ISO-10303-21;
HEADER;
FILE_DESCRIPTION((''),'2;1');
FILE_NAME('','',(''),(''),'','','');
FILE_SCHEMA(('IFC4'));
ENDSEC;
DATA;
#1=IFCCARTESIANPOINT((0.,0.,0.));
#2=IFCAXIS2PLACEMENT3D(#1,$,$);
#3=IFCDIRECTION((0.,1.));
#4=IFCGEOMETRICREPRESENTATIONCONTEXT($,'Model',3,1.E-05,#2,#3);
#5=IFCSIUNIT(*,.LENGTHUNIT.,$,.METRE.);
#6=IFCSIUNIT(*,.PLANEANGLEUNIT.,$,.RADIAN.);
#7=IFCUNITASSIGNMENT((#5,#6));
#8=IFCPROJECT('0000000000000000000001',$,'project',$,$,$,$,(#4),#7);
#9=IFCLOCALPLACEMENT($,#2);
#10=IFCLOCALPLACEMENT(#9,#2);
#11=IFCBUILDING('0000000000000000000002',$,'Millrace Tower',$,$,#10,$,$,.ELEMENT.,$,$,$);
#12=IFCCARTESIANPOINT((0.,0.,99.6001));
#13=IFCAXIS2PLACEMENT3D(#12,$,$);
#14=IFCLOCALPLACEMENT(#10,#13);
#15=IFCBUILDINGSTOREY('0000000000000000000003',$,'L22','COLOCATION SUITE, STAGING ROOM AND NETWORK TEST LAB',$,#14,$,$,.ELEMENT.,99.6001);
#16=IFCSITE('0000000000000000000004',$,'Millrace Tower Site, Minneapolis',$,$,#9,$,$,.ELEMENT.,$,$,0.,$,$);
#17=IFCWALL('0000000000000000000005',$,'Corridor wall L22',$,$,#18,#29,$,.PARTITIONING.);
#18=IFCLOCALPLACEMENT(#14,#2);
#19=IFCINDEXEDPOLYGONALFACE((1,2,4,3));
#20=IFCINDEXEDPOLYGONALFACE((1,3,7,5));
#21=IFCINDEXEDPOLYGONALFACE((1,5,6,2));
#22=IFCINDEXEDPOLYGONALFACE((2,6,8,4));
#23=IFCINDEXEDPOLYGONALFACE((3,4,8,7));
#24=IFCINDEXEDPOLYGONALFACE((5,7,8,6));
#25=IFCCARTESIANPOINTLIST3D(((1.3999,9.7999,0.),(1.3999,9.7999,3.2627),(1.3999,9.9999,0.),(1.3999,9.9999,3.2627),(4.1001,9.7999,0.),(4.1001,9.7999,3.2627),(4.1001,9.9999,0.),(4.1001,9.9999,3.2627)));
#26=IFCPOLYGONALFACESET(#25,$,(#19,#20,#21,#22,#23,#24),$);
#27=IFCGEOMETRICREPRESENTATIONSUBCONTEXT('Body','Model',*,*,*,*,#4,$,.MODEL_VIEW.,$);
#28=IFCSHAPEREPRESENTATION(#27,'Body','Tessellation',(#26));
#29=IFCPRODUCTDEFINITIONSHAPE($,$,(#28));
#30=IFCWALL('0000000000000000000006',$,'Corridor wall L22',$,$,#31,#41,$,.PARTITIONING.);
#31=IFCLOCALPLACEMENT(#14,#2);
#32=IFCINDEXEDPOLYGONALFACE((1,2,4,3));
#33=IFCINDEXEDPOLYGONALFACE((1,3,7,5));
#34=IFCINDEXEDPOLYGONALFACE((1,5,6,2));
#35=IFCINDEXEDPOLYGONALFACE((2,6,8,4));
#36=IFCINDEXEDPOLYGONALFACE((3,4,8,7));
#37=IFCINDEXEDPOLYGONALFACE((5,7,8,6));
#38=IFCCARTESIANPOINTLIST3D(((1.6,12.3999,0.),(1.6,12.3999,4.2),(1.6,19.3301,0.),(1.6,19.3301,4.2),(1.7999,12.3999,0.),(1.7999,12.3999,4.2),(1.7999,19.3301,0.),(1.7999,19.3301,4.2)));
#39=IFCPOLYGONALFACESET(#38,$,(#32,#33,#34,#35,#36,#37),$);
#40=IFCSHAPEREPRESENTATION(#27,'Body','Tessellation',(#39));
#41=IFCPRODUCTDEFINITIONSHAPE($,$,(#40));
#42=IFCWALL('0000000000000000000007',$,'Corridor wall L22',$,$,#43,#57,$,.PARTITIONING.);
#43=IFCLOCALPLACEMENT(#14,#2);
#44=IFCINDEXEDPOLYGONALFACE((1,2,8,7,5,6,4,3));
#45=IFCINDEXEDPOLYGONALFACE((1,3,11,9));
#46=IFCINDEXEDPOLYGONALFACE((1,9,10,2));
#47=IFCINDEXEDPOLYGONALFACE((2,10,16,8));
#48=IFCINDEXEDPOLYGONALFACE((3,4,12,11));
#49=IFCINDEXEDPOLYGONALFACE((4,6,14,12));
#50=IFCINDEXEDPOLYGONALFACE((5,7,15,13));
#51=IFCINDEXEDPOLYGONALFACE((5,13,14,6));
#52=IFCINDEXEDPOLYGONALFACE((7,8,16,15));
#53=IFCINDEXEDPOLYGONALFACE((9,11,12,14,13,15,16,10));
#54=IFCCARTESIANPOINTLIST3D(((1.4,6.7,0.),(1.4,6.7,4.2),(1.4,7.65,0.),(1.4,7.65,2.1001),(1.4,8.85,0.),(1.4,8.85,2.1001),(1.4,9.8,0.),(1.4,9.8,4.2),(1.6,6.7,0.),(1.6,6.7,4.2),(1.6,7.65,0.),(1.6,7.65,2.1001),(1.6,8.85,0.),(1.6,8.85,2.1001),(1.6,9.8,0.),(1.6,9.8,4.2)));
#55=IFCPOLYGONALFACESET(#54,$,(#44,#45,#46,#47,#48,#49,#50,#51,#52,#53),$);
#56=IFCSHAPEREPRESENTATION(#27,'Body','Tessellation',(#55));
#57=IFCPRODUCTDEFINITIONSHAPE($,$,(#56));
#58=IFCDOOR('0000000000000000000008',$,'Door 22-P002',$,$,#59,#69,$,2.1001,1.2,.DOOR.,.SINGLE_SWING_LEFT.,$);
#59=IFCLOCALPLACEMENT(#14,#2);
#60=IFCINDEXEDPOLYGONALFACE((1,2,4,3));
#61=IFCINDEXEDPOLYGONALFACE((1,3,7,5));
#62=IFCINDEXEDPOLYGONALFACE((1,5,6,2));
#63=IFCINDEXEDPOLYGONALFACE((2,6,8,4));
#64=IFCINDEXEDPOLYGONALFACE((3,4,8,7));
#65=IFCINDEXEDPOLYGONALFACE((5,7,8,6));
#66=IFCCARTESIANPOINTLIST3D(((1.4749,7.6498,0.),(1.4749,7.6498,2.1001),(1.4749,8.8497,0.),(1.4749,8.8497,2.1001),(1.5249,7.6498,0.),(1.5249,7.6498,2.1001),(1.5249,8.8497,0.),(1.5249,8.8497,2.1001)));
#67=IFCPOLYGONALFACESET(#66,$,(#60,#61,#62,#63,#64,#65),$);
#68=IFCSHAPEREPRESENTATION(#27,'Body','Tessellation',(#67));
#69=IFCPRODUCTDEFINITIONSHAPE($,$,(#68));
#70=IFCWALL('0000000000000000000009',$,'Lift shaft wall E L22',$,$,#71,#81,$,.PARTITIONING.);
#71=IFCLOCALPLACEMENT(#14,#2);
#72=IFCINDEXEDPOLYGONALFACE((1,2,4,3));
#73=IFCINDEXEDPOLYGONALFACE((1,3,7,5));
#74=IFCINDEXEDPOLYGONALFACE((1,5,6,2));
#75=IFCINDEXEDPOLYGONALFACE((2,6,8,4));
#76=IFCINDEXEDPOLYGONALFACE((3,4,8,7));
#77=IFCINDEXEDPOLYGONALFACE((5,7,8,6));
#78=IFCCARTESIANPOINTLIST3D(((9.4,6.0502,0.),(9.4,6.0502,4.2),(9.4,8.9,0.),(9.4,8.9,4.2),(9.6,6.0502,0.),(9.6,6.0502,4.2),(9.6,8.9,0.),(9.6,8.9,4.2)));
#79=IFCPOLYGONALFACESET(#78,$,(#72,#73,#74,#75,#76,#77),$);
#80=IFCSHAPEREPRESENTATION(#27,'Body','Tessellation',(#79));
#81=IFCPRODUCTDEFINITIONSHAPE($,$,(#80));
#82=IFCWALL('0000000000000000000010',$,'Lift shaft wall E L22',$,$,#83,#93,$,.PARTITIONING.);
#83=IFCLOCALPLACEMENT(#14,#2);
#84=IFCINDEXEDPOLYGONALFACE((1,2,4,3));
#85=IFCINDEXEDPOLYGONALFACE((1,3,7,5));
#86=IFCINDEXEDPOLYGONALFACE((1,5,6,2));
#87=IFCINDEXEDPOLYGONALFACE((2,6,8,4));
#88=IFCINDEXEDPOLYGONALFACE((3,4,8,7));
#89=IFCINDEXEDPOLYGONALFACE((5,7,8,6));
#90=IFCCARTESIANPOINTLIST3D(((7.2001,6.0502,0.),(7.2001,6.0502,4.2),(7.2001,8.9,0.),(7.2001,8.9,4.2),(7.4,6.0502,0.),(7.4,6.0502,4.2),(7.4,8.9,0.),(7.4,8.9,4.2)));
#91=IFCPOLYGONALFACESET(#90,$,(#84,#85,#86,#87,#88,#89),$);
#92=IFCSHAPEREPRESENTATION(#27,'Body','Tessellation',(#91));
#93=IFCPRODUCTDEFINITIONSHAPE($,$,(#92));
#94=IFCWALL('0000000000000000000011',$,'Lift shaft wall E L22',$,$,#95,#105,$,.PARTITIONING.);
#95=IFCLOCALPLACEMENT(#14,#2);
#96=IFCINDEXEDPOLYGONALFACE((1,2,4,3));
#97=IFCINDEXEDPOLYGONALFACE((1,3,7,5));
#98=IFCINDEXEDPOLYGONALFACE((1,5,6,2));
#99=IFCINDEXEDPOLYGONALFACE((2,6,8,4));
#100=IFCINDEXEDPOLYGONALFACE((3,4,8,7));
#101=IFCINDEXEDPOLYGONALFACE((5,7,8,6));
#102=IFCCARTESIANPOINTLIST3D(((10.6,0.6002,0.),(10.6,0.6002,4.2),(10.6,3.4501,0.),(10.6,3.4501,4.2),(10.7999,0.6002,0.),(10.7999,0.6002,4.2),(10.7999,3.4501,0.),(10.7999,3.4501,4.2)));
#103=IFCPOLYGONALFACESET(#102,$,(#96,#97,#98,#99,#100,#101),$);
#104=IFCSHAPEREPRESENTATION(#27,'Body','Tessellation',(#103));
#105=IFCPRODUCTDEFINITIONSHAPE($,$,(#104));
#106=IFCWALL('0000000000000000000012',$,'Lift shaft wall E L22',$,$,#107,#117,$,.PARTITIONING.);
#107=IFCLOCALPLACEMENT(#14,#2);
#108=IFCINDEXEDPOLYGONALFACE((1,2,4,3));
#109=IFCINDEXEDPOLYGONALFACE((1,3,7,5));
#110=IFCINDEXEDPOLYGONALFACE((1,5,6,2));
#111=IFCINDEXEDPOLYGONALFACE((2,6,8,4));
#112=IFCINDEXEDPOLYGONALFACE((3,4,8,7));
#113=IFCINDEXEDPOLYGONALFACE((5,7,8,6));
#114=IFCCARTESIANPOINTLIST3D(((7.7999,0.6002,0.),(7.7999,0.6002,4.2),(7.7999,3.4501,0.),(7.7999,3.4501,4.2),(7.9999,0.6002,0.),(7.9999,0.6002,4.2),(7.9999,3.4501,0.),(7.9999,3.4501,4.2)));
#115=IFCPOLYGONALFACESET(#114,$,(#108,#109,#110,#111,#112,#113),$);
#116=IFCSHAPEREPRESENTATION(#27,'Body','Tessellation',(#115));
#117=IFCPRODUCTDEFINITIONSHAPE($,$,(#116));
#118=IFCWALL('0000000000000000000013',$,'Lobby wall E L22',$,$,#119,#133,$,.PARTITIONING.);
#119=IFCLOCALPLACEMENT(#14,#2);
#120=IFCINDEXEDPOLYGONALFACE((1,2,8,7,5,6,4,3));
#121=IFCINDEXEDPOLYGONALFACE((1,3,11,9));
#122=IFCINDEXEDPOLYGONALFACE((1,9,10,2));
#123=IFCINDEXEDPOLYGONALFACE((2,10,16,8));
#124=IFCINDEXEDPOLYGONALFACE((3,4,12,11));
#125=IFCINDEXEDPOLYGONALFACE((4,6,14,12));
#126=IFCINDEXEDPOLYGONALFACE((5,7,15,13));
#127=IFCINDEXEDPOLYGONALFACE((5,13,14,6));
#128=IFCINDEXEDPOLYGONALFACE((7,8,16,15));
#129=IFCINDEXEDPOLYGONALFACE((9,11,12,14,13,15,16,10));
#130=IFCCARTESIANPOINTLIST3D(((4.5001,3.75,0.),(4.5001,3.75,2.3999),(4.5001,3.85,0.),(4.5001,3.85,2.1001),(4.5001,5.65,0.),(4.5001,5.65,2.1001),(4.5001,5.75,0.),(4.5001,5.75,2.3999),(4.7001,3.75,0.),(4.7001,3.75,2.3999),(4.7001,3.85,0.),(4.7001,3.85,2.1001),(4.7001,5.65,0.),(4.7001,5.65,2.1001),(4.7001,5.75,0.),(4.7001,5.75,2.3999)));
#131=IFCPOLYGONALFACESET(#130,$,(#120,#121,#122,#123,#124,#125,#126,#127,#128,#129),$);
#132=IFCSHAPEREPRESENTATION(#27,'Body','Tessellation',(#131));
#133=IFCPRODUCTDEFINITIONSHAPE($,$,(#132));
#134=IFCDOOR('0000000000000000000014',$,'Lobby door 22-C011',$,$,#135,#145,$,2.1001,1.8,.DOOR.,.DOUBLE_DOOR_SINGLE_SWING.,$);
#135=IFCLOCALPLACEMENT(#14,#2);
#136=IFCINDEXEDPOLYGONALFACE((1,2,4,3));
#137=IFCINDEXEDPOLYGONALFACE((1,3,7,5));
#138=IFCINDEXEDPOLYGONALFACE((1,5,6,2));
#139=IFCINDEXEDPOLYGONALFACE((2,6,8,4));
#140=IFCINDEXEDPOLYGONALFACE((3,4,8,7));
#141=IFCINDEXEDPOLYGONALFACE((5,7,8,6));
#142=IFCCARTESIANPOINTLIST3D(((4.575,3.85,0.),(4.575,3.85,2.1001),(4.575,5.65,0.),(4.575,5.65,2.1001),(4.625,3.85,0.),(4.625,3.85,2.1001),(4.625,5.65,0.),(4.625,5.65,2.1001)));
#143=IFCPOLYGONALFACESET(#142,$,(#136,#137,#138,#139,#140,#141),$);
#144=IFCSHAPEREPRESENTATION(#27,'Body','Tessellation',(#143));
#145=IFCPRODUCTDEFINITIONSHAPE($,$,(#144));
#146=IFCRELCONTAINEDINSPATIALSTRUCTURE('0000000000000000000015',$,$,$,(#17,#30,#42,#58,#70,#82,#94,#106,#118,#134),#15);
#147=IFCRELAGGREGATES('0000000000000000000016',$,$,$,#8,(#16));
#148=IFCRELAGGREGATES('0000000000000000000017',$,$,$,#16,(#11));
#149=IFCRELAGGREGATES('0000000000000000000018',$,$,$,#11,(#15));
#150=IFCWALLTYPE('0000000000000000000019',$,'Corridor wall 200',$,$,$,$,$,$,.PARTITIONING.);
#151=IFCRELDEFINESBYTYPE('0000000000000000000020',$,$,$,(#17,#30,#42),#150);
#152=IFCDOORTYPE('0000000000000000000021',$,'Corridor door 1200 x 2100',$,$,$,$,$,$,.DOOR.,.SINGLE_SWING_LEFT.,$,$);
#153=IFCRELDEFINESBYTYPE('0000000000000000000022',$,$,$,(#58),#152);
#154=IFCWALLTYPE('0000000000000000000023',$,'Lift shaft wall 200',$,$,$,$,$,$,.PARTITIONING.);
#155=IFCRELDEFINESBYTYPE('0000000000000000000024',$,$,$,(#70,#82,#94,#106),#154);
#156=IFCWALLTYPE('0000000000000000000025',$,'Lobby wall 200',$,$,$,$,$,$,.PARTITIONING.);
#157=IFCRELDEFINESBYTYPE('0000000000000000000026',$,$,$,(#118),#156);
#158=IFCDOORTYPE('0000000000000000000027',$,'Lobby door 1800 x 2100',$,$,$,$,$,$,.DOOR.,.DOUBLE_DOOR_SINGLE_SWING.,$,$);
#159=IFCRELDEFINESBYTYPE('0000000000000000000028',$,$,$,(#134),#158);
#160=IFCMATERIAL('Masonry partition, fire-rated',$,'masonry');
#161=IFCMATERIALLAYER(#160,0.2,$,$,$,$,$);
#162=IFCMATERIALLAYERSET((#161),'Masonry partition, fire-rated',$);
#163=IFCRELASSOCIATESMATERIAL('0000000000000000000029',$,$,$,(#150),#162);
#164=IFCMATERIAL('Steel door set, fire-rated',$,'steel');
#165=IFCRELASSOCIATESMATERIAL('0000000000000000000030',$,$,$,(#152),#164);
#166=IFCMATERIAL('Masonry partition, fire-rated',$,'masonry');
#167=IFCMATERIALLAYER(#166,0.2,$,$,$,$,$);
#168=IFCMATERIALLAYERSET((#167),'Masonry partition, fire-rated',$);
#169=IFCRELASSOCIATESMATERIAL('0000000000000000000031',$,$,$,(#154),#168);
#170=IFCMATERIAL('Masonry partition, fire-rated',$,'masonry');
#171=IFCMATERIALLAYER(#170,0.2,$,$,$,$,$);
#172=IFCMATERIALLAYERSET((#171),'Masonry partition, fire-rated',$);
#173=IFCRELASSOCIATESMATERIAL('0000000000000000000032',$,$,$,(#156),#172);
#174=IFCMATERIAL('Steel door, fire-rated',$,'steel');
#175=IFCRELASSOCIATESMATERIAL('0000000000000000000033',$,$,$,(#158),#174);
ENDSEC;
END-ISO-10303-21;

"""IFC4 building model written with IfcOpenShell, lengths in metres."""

from ifc_helpers import new_model, si_unit, direction, frame, frame_2d, origin, place, context, subcontext, project, spatial, rectangle, extrude, material, layer, layer_set, type_object, element, fill, save


model = new_model("IFC4")

# Units and contexts
model_context = context("Model", 3, precision=1e-05, world=origin(), true_north=direction((0.0, 1.0)))
body_context = subcontext(model_context, "Body", "Model", "MODEL_VIEW")
ifc_project = project(units=[si_unit("LENGTHUNIT", "METRE"), si_unit("PLANEANGLEUNIT", "RADIAN")], contexts=[model_context])

# Site, building, storey
site_placement = place(None, origin())
site = spatial("IfcSite", under=ifc_project, at=site_placement, Name="Millrace Tower Site, Minneapolis", CompositionType="ELEMENT", RefElevation=0.0)
building_placement = place(site_placement, origin())
building = spatial("IfcBuilding", under=site, at=building_placement, Name="Millrace Tower", CompositionType="ELEMENT")
storey_placement = place(building_placement, frame((0.0, 0.0, 99.6001)))
storey = spatial("IfcBuildingStorey", under=building, at=storey_placement, Name="L22", Description="COLOCATION SUITE, STAGING ROOM AND NETWORK TEST LAB", CompositionType="ELEMENT", Elevation=99.6001)

# Walls
ifc_material_1 = material(Name="Masonry partition, fire-rated", Category="masonry")
ifc_layer_1 = layer(ifc_material_1, 0.2)
ifc_layer_set_1 = layer_set([ifc_layer_1], Name="Masonry partition, fire-rated")
wall_type_1 = type_object("IfcWallType", Name="Corridor wall 200", PredefinedType="PARTITIONING", material=ifc_layer_set_1)
wall_1_placement = place(storey_placement, frame((1.3999, 9.8999, 0.0), z_axis=(0.0, 0.0, 1.0), x_axis=(1.0, 0.0, 0.0)))
element("IfcWall", 1, at=wall_1_placement, inside=storey, type_object=wall_type_1, Name="Corridor wall L22", PredefinedType="PARTITIONING", context=body_context, shape_type="SweptSolid", body=[
    extrude(rectangle(XDim=2.7002, YDim=0.2, at=frame_2d((1.3501, 0.0))), origin(), (0.0, 0.0, 1.0), 3.2627),
])
wall_2_placement = place(storey_placement, frame((1.7, 12.3999, 0.0), z_axis=(0.0, 0.0, 1.0), x_axis=(0.0, 1.0, 0.0)))
element("IfcWall", 2, at=wall_2_placement, inside=storey, type_object=wall_type_1, Name="Corridor wall L22", PredefinedType="PARTITIONING", context=body_context, shape_type="SweptSolid", body=[
    extrude(rectangle(XDim=6.9302, YDim=0.2, at=frame_2d((3.4651, 0.0))), origin(), (0.0, 0.0, 1.0), 4.2),
])

# Wall, opening, door
wall_3_placement = place(storey_placement, frame((1.5, 6.7, 0.0), z_axis=(0.0, 0.0, 1.0), x_axis=(0.0, 1.0, 0.0)))
wall_3 = element("IfcWall", 3, at=wall_3_placement, inside=storey, type_object=wall_type_1, Name="Corridor wall L22", PredefinedType="PARTITIONING", context=body_context, shape_type="SweptSolid", body=[
    extrude(rectangle(XDim=3.1001, YDim=0.2, at=frame_2d((1.55, 0.0))), origin(), (0.0, 0.0, 1.0), 4.2),
])
opening_1_placement = place(wall_3_placement, frame((0.95, 0.0, 0.0)))
opening_1 = element("IfcOpeningElement", 4, at=opening_1_placement, cuts=wall_3, PredefinedType="OPENING", context=body_context, shape_type="SweptSolid", body=[
    extrude(rectangle(XDim=1.2, YDim=2.1001, at=frame_2d((0.6001, 1.05))), frame((0.0, 0.1099, 0.0), z_axis=(0.0, -1.0, 0.0), x_axis=(1.0, 0.0, 0.0)), (0.0, 0.0, 1.0), 0.22),
])
ifc_material_2 = material(Name="Steel door set, fire-rated", Category="steel")
door_type_1 = type_object("IfcDoorType", Name="Corridor door 1200 x 2100", OperationType="SINGLE_SWING_LEFT", PredefinedType="DOOR", material=ifc_material_2)
door_1_placement = place(opening_1_placement, frame((1.2, 0.0, 0.0), z_axis=(0.0, 0.0, 1.0), x_axis=(-1.0, 0.0, 0.0)))
door_1 = element("IfcDoor", 5, at=door_1_placement, inside=storey, type_object=door_type_1, Name="Door 22-P002", OperationType="SINGLE_SWING_LEFT", OverallHeight=2.1001, OverallWidth=1.2, PredefinedType="DOOR", context=body_context, shape_type="SweptSolid", body=[
    extrude(rectangle(XDim=1.2, YDim=2.1001, at=frame_2d((0.6001, 1.05))), frame((0.0, 0.0249, 0.0), z_axis=(0.0, -1.0, 0.0), x_axis=(1.0, 0.0, 0.0)), (0.0, 0.0, 1.0), 0.05),
])
fill(opening_1, door_1)

# Walls
ifc_material_3 = material(Name="Masonry partition, fire-rated", Category="masonry")
ifc_layer_2 = layer(ifc_material_3, 0.2)
ifc_layer_set_2 = layer_set([ifc_layer_2], Name="Masonry partition, fire-rated")
wall_type_2 = type_object("IfcWallType", Name="Lift shaft wall 200", PredefinedType="PARTITIONING", material=ifc_layer_set_2)
for number, where, z_axis, x_axis, name in (
    (6, (9.5, 8.8999, 0.0), (0.0, 0.0, 1.0), (0.0, -1.0, 0.0), "Lift shaft wall E L22"),
    (7, (7.3, 8.8999, 0.0), (0.0, 0.0, 1.0), (0.0, -1.0, 0.0), "Lift shaft wall E L22"),
    (8, (10.7, 3.45, 0.0), (0.0, 0.0, 1.0), (0.0, -1.0, 0.0), "Lift shaft wall E L22"),
    (9, (7.8999, 3.45, 0.0), (0.0, 0.0, 1.0), (0.0, -1.0, 0.0), "Lift shaft wall E L22"),
):
    element("IfcWall", number, at=place(storey_placement, frame(where, z_axis=z_axis, x_axis=x_axis)), inside=storey, type_object=wall_type_2, Name=name, PredefinedType="PARTITIONING", context=body_context, shape_type="SweptSolid", body=[
        extrude(rectangle(XDim=2.8499, YDim=0.2, at=frame_2d((1.4248, 0.0))), origin(), (0.0, 0.0, 1.0), 4.2),
    ])

# Wall, opening, door
ifc_material_4 = material(Name="Masonry partition, fire-rated", Category="masonry")
ifc_layer_3 = layer(ifc_material_4, 0.2)
ifc_layer_set_3 = layer_set([ifc_layer_3], Name="Masonry partition, fire-rated")
wall_type_3 = type_object("IfcWallType", Name="Lobby wall 200", PredefinedType="PARTITIONING", material=ifc_layer_set_3)
wall_4_placement = place(storey_placement, frame((4.6001, 5.75, 0.0), z_axis=(0.0, 0.0, 1.0), x_axis=(0.0, -1.0, 0.0)))
wall_4 = element("IfcWall", 10, at=wall_4_placement, inside=storey, type_object=wall_type_3, Name="Lobby wall E L22", PredefinedType="PARTITIONING", context=body_context, shape_type="SweptSolid", body=[
    extrude(rectangle(XDim=2.0, YDim=0.2, at=frame_2d((1.0, 0.0))), origin(), (0.0, 0.0, 1.0), 2.3999),
])
opening_2_placement = place(wall_4_placement, frame((0.1001, 0.0, 0.0)))
opening_2 = element("IfcOpeningElement", 11, at=opening_2_placement, cuts=wall_4, PredefinedType="OPENING", context=body_context, shape_type="SweptSolid", body=[
    extrude(rectangle(XDim=1.8, YDim=2.1001, at=frame_2d((0.8999, 1.05))), frame((0.0, 0.1099, 0.0), z_axis=(0.0, -1.0, 0.0), x_axis=(1.0, 0.0, 0.0)), (0.0, 0.0, 1.0), 0.22),
])
ifc_material_5 = material(Name="Steel door, fire-rated", Category="steel")
door_type_2 = type_object("IfcDoorType", Name="Lobby door 1800 x 2100", OperationType="DOUBLE_DOOR_SINGLE_SWING", PredefinedType="DOOR", material=ifc_material_5)
door_2_placement = place(opening_2_placement, origin())
door_2 = element("IfcDoor", 12, at=door_2_placement, inside=storey, type_object=door_type_2, Name="Lobby door 22-C011", OperationType="DOUBLE_DOOR_SINGLE_SWING", OverallHeight=2.1001, OverallWidth=1.8, PredefinedType="DOOR", context=body_context, shape_type="SweptSolid", body=[
    extrude(rectangle(XDim=1.8, YDim=2.1001, at=frame_2d((0.8999, 1.05))), frame((0.0, 0.0249, 0.0), z_axis=(0.0, -1.0, 0.0), x_axis=(1.0, 0.0, 0.0)), (0.0, 0.0, 1.0), 0.05),
])
fill(opening_2, door_2)

save(model, "model.ifc")
